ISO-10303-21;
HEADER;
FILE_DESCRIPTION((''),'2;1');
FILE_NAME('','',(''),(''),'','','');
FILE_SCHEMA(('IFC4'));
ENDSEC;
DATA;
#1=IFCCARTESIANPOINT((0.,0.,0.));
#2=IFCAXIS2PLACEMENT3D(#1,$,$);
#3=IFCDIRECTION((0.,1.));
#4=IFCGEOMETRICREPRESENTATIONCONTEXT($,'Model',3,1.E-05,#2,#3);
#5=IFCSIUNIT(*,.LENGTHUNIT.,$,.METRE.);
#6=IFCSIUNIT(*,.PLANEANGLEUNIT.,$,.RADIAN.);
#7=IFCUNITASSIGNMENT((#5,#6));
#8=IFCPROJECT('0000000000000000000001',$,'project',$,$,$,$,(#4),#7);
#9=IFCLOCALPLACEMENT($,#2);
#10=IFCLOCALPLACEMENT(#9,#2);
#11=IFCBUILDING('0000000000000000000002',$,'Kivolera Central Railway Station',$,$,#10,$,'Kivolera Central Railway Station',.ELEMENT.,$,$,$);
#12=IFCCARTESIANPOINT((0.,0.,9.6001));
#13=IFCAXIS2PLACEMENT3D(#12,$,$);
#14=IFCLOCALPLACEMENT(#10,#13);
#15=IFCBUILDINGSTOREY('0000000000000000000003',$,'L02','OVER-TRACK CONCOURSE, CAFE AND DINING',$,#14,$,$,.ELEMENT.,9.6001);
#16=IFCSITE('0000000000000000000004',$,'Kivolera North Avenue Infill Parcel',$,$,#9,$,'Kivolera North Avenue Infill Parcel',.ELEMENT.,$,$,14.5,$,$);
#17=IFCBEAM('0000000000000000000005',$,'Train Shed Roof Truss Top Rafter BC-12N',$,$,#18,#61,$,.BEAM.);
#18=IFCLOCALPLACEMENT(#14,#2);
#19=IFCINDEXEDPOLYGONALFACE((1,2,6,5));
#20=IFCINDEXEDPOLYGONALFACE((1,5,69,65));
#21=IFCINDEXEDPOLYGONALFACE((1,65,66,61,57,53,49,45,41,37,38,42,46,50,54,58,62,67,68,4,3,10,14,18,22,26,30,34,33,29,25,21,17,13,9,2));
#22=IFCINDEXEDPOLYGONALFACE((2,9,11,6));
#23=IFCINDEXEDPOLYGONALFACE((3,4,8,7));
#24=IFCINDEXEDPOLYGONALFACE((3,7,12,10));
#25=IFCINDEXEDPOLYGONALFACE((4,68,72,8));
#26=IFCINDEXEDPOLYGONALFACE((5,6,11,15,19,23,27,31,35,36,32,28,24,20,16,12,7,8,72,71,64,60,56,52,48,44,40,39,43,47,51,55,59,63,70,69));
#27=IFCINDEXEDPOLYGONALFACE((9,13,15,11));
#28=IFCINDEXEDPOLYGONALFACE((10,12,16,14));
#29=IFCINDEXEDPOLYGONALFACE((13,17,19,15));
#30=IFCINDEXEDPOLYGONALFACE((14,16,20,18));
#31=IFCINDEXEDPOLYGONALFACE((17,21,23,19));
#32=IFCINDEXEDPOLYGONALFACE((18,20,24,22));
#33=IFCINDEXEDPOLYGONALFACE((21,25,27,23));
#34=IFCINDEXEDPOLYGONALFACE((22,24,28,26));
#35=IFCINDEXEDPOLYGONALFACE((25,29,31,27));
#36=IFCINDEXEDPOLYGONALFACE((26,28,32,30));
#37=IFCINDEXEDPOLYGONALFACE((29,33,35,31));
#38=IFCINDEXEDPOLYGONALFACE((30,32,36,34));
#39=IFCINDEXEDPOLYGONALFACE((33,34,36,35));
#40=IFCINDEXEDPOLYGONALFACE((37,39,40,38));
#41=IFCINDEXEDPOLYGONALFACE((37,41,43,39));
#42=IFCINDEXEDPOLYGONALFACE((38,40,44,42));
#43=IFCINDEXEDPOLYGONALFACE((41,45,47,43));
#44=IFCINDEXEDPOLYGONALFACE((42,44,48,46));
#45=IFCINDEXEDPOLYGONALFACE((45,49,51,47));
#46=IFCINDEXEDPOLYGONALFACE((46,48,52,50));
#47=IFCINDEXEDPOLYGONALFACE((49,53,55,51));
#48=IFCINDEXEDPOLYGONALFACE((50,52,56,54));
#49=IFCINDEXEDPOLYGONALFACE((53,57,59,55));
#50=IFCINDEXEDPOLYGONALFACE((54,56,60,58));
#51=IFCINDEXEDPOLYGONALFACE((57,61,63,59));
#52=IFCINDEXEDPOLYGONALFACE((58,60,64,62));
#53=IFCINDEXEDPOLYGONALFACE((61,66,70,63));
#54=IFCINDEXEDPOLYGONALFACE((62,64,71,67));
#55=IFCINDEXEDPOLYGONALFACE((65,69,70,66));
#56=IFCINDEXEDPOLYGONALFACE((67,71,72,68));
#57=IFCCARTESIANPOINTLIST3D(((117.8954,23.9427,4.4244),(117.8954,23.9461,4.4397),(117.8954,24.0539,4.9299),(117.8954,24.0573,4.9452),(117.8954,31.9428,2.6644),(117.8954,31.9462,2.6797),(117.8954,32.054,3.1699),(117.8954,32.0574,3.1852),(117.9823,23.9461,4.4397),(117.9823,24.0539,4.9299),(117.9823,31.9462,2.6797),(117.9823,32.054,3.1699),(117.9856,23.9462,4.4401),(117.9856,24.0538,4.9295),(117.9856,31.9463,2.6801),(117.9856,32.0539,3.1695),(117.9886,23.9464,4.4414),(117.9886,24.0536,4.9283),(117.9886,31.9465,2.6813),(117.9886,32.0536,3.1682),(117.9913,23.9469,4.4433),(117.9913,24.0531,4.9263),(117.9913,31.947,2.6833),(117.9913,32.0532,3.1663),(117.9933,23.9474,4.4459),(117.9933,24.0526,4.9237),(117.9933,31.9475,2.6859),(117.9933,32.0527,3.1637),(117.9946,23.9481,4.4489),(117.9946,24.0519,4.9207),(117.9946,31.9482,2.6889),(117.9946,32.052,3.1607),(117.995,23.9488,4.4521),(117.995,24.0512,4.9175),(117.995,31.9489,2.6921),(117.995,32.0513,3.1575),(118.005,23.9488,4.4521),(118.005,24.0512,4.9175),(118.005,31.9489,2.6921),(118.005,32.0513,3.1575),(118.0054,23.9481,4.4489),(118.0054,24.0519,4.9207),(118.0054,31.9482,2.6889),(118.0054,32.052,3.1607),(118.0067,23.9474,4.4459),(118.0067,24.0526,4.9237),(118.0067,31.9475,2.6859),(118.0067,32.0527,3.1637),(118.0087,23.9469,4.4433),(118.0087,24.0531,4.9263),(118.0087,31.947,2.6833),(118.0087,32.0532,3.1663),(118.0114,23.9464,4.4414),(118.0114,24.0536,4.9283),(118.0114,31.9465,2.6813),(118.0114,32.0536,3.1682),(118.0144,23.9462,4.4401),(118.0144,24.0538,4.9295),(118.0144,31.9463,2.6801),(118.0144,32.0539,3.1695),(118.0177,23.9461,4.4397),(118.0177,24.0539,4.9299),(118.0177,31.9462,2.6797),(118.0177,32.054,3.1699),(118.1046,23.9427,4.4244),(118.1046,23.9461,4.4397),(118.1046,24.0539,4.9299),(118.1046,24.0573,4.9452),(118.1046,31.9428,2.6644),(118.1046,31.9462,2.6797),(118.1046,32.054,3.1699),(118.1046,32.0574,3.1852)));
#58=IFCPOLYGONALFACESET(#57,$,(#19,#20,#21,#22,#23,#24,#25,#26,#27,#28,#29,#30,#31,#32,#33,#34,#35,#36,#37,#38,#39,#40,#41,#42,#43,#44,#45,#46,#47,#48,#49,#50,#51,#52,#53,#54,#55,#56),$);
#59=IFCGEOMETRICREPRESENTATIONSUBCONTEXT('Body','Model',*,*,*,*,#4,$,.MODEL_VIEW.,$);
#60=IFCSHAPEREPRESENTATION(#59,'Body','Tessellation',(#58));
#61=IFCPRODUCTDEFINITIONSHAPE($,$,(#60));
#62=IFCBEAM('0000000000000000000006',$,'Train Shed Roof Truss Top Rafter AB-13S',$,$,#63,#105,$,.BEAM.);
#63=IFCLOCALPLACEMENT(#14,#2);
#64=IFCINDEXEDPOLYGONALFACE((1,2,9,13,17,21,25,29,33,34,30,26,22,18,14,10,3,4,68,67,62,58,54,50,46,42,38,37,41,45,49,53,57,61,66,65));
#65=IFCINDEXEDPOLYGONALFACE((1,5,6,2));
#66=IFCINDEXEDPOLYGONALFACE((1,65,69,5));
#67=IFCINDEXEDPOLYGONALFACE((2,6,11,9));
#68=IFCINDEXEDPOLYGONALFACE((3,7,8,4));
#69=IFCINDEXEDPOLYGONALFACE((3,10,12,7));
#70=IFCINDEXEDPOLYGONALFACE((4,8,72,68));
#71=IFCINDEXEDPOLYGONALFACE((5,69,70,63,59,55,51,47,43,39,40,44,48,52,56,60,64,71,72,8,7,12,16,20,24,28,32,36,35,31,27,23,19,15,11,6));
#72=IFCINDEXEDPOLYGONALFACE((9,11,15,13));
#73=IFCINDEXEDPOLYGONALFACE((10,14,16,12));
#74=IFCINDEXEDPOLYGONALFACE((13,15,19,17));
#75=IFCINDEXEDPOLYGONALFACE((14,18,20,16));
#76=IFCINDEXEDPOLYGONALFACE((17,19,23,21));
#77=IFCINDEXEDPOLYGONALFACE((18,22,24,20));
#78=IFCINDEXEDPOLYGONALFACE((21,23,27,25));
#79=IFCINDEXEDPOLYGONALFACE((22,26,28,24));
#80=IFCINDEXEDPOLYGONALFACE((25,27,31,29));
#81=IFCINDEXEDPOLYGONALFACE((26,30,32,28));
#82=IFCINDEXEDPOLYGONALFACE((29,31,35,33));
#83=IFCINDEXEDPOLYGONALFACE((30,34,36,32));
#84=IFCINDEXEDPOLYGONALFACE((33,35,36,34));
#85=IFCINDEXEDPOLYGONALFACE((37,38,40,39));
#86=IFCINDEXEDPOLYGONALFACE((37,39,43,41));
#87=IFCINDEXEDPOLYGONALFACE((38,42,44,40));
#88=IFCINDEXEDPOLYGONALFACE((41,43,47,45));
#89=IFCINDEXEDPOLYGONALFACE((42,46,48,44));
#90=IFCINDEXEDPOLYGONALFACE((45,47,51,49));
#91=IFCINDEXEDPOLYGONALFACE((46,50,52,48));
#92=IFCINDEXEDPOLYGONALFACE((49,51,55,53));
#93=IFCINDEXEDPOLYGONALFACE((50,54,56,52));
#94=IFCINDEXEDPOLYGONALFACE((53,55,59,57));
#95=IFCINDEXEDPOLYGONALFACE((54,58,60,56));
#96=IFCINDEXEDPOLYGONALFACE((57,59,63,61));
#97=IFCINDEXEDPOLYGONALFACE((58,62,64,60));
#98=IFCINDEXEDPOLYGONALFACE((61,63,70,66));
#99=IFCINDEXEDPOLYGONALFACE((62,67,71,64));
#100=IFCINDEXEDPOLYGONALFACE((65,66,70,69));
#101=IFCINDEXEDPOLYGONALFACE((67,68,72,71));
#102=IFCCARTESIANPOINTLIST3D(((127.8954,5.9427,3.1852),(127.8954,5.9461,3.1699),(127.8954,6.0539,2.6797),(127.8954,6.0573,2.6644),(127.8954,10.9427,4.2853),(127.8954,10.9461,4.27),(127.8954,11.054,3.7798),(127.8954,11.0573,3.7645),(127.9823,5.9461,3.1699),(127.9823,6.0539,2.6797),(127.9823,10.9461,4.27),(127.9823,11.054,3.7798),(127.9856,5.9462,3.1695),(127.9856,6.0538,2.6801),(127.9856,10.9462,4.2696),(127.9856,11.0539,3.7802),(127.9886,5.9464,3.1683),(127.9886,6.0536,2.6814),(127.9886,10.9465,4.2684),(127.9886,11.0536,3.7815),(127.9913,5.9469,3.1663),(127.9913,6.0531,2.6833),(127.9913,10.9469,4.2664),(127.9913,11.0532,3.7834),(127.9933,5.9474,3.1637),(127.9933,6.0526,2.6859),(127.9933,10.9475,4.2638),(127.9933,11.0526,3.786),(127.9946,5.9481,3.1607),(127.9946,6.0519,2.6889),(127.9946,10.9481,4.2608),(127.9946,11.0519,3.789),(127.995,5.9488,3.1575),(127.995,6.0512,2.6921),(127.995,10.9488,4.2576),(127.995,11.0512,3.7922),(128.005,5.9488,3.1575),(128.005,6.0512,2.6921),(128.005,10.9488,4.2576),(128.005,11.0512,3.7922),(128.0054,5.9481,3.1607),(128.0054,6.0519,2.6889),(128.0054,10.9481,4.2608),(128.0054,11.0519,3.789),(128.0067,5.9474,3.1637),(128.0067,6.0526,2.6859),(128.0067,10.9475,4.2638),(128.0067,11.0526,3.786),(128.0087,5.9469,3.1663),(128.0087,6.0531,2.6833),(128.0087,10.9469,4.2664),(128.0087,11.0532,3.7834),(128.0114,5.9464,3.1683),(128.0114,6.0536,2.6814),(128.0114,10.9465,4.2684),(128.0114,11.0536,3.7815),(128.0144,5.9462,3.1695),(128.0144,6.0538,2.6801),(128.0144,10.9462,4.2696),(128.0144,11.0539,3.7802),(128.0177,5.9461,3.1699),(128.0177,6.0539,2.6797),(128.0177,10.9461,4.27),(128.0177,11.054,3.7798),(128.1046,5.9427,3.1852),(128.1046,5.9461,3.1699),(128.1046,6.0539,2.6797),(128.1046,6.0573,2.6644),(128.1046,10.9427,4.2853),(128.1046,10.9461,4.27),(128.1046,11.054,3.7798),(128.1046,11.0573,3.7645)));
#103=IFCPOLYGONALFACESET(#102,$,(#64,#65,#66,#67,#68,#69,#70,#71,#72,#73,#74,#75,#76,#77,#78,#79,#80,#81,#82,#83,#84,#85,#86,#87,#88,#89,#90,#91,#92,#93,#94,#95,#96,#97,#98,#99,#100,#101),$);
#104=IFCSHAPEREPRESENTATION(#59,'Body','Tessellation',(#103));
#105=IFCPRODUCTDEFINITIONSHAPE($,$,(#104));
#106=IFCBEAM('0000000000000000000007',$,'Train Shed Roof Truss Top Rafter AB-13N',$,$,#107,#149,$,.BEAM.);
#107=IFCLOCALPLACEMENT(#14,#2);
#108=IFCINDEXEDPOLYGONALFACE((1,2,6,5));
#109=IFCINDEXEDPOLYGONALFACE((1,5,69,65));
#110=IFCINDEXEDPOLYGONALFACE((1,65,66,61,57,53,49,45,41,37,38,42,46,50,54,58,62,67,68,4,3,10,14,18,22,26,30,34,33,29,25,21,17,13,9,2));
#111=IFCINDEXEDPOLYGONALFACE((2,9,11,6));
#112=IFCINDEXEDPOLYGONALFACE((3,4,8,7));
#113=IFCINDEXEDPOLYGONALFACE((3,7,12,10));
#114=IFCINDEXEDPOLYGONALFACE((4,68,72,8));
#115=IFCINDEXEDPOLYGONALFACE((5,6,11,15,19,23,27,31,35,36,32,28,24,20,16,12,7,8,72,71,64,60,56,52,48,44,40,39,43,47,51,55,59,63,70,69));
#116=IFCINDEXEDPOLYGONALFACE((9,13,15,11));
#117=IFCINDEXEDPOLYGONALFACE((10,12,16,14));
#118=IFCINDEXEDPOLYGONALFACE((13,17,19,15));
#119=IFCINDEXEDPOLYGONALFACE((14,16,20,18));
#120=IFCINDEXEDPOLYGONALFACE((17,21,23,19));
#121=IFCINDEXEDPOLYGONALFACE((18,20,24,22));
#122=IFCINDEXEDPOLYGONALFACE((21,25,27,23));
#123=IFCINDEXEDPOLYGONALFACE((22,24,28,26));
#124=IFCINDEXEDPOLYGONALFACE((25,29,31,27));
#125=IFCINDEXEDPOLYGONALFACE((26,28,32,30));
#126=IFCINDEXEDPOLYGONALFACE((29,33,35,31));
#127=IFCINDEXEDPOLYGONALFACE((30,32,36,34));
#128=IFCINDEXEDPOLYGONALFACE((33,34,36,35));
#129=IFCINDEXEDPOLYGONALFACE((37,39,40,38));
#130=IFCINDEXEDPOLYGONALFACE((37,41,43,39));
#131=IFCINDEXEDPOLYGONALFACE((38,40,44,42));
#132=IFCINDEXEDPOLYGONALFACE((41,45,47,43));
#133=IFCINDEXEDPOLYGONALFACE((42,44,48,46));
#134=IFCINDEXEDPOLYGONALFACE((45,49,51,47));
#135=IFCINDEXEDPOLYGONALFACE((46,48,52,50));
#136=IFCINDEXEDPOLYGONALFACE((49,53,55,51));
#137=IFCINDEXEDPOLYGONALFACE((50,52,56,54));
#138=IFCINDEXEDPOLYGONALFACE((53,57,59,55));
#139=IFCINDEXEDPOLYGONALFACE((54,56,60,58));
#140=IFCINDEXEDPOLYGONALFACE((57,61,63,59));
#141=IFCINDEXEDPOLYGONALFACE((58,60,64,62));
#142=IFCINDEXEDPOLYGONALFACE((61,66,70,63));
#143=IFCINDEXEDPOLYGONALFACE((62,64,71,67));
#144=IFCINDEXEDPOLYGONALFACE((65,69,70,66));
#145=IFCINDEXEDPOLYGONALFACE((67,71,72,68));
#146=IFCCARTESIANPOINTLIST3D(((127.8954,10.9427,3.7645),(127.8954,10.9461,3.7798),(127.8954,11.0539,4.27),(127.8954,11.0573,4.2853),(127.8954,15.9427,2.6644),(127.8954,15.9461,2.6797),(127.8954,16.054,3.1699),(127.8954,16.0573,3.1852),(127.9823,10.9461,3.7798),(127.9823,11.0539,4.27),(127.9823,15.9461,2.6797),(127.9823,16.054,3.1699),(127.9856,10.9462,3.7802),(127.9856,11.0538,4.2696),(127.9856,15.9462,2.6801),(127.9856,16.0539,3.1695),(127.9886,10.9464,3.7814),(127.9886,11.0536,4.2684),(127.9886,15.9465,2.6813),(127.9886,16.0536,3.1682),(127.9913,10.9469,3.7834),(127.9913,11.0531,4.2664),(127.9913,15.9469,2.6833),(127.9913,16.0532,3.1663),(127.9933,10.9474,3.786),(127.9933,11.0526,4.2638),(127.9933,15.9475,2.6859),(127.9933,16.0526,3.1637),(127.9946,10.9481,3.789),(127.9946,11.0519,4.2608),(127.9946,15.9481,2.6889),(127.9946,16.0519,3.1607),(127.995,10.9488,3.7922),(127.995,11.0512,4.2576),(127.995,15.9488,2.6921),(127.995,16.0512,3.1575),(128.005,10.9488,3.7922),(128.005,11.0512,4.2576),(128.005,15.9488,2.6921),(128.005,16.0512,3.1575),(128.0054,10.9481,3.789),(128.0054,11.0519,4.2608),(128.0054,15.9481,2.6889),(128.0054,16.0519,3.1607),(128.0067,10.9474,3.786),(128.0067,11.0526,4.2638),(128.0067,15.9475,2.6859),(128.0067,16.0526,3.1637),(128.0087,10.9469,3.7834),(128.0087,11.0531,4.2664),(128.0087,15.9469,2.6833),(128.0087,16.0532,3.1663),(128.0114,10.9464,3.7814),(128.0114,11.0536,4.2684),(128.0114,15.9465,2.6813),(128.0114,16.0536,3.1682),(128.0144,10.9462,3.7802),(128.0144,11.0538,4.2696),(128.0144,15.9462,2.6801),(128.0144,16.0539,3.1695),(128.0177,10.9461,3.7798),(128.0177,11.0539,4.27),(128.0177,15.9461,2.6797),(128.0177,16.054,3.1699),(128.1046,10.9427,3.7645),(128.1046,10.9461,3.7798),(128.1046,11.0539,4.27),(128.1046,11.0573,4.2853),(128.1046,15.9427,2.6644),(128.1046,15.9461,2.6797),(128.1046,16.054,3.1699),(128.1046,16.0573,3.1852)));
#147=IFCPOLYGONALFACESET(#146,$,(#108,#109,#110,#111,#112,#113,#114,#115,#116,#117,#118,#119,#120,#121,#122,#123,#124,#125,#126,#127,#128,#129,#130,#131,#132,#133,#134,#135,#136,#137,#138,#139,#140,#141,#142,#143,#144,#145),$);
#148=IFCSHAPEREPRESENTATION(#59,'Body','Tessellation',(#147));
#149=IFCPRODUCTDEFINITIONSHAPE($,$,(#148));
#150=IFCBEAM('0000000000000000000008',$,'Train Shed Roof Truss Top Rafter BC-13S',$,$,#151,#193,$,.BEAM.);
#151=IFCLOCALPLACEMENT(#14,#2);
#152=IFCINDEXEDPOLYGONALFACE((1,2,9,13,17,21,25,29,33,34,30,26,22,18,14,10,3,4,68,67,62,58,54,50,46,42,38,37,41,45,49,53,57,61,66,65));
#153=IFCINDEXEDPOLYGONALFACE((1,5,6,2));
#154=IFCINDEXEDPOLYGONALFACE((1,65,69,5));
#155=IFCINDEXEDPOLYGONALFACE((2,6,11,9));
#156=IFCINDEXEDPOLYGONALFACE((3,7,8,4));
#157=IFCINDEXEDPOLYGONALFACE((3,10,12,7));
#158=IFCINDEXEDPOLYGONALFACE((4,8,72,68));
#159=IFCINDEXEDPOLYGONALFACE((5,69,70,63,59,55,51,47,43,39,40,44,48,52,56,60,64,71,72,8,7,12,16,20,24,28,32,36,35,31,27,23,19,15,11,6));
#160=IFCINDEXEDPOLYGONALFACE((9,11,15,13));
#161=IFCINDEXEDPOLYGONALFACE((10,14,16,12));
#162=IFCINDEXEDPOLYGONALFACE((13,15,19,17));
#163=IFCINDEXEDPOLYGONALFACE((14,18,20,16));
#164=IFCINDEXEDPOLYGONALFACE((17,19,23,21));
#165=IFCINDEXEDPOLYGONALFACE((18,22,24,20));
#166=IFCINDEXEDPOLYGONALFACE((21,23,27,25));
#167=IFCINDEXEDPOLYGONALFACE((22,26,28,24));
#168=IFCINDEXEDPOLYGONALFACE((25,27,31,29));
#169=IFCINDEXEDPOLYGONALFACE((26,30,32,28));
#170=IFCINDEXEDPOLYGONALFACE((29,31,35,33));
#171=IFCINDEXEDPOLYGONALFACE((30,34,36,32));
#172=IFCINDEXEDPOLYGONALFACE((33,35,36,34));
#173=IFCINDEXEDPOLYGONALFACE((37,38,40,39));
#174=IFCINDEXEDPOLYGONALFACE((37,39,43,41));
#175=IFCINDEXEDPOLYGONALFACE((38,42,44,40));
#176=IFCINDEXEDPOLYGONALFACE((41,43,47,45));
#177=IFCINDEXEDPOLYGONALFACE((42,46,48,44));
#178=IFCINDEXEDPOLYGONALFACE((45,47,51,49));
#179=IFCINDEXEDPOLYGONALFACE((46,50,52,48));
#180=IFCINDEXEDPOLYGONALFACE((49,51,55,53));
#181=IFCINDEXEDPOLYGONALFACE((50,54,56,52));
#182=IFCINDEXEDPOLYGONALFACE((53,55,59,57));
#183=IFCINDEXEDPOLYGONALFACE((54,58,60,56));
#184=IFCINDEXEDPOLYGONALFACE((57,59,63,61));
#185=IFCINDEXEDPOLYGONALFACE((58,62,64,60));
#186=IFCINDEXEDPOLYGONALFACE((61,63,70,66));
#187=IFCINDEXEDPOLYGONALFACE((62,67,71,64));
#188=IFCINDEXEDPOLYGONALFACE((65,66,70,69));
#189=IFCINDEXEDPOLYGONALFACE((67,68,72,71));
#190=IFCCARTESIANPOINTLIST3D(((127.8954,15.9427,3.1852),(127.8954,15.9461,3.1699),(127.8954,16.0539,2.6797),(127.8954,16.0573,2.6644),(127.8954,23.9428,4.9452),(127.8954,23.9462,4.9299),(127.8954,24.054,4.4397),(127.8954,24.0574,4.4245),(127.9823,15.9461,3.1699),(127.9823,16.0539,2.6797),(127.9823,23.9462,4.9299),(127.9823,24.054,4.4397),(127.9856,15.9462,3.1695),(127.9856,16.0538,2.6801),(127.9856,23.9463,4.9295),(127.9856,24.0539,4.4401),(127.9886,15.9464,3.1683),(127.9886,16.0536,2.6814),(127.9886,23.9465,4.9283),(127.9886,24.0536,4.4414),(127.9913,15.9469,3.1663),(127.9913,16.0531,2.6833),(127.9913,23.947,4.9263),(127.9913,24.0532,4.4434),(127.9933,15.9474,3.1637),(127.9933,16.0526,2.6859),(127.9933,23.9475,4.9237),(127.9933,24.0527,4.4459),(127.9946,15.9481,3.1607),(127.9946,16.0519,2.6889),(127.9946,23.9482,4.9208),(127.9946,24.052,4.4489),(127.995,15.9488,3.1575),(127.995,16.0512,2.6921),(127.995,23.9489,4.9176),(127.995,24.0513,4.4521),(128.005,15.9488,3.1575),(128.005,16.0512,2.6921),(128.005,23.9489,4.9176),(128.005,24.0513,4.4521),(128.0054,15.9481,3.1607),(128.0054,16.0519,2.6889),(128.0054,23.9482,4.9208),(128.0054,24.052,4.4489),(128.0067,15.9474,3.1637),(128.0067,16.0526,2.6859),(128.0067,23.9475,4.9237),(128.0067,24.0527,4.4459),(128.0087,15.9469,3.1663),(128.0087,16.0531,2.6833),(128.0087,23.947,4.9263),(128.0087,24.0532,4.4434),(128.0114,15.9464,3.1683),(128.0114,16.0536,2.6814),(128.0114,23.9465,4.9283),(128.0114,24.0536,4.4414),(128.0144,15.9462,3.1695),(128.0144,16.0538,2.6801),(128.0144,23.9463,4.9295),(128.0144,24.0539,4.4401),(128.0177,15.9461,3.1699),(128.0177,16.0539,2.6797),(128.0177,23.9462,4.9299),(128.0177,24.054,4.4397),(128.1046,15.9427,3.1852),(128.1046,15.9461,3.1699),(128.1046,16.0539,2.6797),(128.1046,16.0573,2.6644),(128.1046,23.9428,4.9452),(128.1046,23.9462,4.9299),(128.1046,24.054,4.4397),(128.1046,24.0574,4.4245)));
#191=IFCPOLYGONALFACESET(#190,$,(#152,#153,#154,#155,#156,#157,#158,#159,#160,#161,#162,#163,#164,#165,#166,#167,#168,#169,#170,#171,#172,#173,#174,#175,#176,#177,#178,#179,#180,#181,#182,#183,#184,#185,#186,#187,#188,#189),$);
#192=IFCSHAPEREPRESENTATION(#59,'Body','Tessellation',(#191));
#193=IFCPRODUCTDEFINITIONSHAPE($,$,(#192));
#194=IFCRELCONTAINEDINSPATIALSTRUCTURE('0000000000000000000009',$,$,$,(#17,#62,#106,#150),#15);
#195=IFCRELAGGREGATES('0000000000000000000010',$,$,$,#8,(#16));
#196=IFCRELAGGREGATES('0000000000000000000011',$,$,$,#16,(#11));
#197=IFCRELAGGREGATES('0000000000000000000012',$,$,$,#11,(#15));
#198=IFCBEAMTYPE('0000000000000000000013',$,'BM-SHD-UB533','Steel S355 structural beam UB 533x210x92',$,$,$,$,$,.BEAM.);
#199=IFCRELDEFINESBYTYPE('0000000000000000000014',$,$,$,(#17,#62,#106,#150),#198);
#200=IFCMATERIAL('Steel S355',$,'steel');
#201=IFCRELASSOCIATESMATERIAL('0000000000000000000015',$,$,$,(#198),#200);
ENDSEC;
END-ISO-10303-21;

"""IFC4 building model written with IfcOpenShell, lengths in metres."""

from ifc_helpers import new_model, si_unit, direction, frame, origin, origin_2d, place, context, subcontext, project, spatial, i_section, extrude, material, material_profile, profile_set, type_object, element, save


model = new_model("IFC4")

# Units and contexts
model_context = context("Model", 3, precision=1e-05, world=origin(), true_north=direction((0.0, 1.0)))
body_context = subcontext(model_context, "Body", "Model", "MODEL_VIEW")
ifc_project = project(units=[si_unit("LENGTHUNIT", "METRE"), si_unit("PLANEANGLEUNIT", "RADIAN")], contexts=[model_context])

# Site, building, storey
site_placement = place(None, origin())
site = spatial("IfcSite", under=ifc_project, at=site_placement, Name="Kivolera North Avenue Infill Parcel", LongName="Kivolera North Avenue Infill Parcel", CompositionType="ELEMENT", RefElevation=14.5)
building_placement = place(site_placement, origin())
building = spatial("IfcBuilding", under=site, at=building_placement, Name="Kivolera Central Railway Station", LongName="Kivolera Central Railway Station", CompositionType="ELEMENT")
storey_placement = place(building_placement, frame((0.0, 0.0, 9.6001)))
storey = spatial("IfcBuildingStorey", under=building, at=storey_placement, Name="L02", Description="OVER-TRACK CONCOURSE, CAFE AND DINING", CompositionType="ELEMENT", Elevation=9.6001)

# Shared definitions
ifc_material_1 = material(Name="Steel S355", Category="steel")

# Beams
ifc_material_profile_1 = material_profile(ifc_material_1, i_section(OverallWidth=0.2092, OverallDepth=0.5332, WebThickness=0.01, FlangeThickness=0.0156, FilletRadius=0.0127, at=origin_2d()), Name="UB 533x210x92")
ifc_profile_set_1 = profile_set([ifc_material_profile_1], Name="Steel S355")
beam_type_1 = type_object("IfcBeamType", Name="BM-SHD-UB533", Description="Steel S355 structural beam UB 533x210x92", PredefinedType="BEAM", material=ifc_profile_set_1)
beam_1_placement = place(storey_placement, frame((118.0, 24.0, 4.6848), z_axis=(0.0, 0.976644, -0.214863), x_axis=(-1.0, 0.0, 0.0)))
element("IfcBeam", 1, at=beam_1_placement, inside=storey, type_object=beam_type_1, Name="Train Shed Roof Truss Top Rafter BC-12N", PredefinedType="BEAM", context=body_context, shape_type="SweptSolid", body=[
    extrude(i_section(OverallWidth=0.2092, OverallDepth=0.5332, WebThickness=0.01, FlangeThickness=0.0156, FilletRadius=0.0127, at=origin_2d()), origin(), (0.0, 0.0, 1.0), 8.1914),
])
for number, where, z_axis, x_axis, name in (
    (2, (128.0, 6.0, 2.9248), (0.0, 0.97664, 0.21488), (-1.0, 0.0, 0.0), "Train Shed Roof Truss Top Rafter AB-13S"),
    (3, (128.0, 11.0, 4.0249), (0.0, 0.97664, -0.21488), (-1.0, 0.0, 0.0), "Train Shed Roof Truss Top Rafter AB-13N"),
):
    element("IfcBeam", number, at=place(storey_placement, frame(where, z_axis=z_axis, x_axis=x_axis)), inside=storey, type_object=beam_type_1, Name=name, PredefinedType="BEAM", context=body_context, shape_type="SweptSolid", body=[
        extrude(i_section(OverallWidth=0.2092, OverallDepth=0.5332, WebThickness=0.01, FlangeThickness=0.0156, FilletRadius=0.0127, at=origin_2d()), origin(), (0.0, 0.0, 1.0), 5.1196),
    ])
beam_2_placement = place(storey_placement, frame((128.0, 16.0, 2.9248), z_axis=(0.0, 0.976644, 0.214863), x_axis=(-1.0, 0.0, 0.0)))
element("IfcBeam", 4, at=beam_2_placement, inside=storey, type_object=beam_type_1, Name="Train Shed Roof Truss Top Rafter BC-13S", PredefinedType="BEAM", context=body_context, shape_type="SweptSolid", body=[
    extrude(i_section(OverallWidth=0.2092, OverallDepth=0.5332, WebThickness=0.01, FlangeThickness=0.0156, FilletRadius=0.0127, at=origin_2d()), origin(), (0.0, 0.0, 1.0), 8.1914),
])

save(model, "model.ifc")
